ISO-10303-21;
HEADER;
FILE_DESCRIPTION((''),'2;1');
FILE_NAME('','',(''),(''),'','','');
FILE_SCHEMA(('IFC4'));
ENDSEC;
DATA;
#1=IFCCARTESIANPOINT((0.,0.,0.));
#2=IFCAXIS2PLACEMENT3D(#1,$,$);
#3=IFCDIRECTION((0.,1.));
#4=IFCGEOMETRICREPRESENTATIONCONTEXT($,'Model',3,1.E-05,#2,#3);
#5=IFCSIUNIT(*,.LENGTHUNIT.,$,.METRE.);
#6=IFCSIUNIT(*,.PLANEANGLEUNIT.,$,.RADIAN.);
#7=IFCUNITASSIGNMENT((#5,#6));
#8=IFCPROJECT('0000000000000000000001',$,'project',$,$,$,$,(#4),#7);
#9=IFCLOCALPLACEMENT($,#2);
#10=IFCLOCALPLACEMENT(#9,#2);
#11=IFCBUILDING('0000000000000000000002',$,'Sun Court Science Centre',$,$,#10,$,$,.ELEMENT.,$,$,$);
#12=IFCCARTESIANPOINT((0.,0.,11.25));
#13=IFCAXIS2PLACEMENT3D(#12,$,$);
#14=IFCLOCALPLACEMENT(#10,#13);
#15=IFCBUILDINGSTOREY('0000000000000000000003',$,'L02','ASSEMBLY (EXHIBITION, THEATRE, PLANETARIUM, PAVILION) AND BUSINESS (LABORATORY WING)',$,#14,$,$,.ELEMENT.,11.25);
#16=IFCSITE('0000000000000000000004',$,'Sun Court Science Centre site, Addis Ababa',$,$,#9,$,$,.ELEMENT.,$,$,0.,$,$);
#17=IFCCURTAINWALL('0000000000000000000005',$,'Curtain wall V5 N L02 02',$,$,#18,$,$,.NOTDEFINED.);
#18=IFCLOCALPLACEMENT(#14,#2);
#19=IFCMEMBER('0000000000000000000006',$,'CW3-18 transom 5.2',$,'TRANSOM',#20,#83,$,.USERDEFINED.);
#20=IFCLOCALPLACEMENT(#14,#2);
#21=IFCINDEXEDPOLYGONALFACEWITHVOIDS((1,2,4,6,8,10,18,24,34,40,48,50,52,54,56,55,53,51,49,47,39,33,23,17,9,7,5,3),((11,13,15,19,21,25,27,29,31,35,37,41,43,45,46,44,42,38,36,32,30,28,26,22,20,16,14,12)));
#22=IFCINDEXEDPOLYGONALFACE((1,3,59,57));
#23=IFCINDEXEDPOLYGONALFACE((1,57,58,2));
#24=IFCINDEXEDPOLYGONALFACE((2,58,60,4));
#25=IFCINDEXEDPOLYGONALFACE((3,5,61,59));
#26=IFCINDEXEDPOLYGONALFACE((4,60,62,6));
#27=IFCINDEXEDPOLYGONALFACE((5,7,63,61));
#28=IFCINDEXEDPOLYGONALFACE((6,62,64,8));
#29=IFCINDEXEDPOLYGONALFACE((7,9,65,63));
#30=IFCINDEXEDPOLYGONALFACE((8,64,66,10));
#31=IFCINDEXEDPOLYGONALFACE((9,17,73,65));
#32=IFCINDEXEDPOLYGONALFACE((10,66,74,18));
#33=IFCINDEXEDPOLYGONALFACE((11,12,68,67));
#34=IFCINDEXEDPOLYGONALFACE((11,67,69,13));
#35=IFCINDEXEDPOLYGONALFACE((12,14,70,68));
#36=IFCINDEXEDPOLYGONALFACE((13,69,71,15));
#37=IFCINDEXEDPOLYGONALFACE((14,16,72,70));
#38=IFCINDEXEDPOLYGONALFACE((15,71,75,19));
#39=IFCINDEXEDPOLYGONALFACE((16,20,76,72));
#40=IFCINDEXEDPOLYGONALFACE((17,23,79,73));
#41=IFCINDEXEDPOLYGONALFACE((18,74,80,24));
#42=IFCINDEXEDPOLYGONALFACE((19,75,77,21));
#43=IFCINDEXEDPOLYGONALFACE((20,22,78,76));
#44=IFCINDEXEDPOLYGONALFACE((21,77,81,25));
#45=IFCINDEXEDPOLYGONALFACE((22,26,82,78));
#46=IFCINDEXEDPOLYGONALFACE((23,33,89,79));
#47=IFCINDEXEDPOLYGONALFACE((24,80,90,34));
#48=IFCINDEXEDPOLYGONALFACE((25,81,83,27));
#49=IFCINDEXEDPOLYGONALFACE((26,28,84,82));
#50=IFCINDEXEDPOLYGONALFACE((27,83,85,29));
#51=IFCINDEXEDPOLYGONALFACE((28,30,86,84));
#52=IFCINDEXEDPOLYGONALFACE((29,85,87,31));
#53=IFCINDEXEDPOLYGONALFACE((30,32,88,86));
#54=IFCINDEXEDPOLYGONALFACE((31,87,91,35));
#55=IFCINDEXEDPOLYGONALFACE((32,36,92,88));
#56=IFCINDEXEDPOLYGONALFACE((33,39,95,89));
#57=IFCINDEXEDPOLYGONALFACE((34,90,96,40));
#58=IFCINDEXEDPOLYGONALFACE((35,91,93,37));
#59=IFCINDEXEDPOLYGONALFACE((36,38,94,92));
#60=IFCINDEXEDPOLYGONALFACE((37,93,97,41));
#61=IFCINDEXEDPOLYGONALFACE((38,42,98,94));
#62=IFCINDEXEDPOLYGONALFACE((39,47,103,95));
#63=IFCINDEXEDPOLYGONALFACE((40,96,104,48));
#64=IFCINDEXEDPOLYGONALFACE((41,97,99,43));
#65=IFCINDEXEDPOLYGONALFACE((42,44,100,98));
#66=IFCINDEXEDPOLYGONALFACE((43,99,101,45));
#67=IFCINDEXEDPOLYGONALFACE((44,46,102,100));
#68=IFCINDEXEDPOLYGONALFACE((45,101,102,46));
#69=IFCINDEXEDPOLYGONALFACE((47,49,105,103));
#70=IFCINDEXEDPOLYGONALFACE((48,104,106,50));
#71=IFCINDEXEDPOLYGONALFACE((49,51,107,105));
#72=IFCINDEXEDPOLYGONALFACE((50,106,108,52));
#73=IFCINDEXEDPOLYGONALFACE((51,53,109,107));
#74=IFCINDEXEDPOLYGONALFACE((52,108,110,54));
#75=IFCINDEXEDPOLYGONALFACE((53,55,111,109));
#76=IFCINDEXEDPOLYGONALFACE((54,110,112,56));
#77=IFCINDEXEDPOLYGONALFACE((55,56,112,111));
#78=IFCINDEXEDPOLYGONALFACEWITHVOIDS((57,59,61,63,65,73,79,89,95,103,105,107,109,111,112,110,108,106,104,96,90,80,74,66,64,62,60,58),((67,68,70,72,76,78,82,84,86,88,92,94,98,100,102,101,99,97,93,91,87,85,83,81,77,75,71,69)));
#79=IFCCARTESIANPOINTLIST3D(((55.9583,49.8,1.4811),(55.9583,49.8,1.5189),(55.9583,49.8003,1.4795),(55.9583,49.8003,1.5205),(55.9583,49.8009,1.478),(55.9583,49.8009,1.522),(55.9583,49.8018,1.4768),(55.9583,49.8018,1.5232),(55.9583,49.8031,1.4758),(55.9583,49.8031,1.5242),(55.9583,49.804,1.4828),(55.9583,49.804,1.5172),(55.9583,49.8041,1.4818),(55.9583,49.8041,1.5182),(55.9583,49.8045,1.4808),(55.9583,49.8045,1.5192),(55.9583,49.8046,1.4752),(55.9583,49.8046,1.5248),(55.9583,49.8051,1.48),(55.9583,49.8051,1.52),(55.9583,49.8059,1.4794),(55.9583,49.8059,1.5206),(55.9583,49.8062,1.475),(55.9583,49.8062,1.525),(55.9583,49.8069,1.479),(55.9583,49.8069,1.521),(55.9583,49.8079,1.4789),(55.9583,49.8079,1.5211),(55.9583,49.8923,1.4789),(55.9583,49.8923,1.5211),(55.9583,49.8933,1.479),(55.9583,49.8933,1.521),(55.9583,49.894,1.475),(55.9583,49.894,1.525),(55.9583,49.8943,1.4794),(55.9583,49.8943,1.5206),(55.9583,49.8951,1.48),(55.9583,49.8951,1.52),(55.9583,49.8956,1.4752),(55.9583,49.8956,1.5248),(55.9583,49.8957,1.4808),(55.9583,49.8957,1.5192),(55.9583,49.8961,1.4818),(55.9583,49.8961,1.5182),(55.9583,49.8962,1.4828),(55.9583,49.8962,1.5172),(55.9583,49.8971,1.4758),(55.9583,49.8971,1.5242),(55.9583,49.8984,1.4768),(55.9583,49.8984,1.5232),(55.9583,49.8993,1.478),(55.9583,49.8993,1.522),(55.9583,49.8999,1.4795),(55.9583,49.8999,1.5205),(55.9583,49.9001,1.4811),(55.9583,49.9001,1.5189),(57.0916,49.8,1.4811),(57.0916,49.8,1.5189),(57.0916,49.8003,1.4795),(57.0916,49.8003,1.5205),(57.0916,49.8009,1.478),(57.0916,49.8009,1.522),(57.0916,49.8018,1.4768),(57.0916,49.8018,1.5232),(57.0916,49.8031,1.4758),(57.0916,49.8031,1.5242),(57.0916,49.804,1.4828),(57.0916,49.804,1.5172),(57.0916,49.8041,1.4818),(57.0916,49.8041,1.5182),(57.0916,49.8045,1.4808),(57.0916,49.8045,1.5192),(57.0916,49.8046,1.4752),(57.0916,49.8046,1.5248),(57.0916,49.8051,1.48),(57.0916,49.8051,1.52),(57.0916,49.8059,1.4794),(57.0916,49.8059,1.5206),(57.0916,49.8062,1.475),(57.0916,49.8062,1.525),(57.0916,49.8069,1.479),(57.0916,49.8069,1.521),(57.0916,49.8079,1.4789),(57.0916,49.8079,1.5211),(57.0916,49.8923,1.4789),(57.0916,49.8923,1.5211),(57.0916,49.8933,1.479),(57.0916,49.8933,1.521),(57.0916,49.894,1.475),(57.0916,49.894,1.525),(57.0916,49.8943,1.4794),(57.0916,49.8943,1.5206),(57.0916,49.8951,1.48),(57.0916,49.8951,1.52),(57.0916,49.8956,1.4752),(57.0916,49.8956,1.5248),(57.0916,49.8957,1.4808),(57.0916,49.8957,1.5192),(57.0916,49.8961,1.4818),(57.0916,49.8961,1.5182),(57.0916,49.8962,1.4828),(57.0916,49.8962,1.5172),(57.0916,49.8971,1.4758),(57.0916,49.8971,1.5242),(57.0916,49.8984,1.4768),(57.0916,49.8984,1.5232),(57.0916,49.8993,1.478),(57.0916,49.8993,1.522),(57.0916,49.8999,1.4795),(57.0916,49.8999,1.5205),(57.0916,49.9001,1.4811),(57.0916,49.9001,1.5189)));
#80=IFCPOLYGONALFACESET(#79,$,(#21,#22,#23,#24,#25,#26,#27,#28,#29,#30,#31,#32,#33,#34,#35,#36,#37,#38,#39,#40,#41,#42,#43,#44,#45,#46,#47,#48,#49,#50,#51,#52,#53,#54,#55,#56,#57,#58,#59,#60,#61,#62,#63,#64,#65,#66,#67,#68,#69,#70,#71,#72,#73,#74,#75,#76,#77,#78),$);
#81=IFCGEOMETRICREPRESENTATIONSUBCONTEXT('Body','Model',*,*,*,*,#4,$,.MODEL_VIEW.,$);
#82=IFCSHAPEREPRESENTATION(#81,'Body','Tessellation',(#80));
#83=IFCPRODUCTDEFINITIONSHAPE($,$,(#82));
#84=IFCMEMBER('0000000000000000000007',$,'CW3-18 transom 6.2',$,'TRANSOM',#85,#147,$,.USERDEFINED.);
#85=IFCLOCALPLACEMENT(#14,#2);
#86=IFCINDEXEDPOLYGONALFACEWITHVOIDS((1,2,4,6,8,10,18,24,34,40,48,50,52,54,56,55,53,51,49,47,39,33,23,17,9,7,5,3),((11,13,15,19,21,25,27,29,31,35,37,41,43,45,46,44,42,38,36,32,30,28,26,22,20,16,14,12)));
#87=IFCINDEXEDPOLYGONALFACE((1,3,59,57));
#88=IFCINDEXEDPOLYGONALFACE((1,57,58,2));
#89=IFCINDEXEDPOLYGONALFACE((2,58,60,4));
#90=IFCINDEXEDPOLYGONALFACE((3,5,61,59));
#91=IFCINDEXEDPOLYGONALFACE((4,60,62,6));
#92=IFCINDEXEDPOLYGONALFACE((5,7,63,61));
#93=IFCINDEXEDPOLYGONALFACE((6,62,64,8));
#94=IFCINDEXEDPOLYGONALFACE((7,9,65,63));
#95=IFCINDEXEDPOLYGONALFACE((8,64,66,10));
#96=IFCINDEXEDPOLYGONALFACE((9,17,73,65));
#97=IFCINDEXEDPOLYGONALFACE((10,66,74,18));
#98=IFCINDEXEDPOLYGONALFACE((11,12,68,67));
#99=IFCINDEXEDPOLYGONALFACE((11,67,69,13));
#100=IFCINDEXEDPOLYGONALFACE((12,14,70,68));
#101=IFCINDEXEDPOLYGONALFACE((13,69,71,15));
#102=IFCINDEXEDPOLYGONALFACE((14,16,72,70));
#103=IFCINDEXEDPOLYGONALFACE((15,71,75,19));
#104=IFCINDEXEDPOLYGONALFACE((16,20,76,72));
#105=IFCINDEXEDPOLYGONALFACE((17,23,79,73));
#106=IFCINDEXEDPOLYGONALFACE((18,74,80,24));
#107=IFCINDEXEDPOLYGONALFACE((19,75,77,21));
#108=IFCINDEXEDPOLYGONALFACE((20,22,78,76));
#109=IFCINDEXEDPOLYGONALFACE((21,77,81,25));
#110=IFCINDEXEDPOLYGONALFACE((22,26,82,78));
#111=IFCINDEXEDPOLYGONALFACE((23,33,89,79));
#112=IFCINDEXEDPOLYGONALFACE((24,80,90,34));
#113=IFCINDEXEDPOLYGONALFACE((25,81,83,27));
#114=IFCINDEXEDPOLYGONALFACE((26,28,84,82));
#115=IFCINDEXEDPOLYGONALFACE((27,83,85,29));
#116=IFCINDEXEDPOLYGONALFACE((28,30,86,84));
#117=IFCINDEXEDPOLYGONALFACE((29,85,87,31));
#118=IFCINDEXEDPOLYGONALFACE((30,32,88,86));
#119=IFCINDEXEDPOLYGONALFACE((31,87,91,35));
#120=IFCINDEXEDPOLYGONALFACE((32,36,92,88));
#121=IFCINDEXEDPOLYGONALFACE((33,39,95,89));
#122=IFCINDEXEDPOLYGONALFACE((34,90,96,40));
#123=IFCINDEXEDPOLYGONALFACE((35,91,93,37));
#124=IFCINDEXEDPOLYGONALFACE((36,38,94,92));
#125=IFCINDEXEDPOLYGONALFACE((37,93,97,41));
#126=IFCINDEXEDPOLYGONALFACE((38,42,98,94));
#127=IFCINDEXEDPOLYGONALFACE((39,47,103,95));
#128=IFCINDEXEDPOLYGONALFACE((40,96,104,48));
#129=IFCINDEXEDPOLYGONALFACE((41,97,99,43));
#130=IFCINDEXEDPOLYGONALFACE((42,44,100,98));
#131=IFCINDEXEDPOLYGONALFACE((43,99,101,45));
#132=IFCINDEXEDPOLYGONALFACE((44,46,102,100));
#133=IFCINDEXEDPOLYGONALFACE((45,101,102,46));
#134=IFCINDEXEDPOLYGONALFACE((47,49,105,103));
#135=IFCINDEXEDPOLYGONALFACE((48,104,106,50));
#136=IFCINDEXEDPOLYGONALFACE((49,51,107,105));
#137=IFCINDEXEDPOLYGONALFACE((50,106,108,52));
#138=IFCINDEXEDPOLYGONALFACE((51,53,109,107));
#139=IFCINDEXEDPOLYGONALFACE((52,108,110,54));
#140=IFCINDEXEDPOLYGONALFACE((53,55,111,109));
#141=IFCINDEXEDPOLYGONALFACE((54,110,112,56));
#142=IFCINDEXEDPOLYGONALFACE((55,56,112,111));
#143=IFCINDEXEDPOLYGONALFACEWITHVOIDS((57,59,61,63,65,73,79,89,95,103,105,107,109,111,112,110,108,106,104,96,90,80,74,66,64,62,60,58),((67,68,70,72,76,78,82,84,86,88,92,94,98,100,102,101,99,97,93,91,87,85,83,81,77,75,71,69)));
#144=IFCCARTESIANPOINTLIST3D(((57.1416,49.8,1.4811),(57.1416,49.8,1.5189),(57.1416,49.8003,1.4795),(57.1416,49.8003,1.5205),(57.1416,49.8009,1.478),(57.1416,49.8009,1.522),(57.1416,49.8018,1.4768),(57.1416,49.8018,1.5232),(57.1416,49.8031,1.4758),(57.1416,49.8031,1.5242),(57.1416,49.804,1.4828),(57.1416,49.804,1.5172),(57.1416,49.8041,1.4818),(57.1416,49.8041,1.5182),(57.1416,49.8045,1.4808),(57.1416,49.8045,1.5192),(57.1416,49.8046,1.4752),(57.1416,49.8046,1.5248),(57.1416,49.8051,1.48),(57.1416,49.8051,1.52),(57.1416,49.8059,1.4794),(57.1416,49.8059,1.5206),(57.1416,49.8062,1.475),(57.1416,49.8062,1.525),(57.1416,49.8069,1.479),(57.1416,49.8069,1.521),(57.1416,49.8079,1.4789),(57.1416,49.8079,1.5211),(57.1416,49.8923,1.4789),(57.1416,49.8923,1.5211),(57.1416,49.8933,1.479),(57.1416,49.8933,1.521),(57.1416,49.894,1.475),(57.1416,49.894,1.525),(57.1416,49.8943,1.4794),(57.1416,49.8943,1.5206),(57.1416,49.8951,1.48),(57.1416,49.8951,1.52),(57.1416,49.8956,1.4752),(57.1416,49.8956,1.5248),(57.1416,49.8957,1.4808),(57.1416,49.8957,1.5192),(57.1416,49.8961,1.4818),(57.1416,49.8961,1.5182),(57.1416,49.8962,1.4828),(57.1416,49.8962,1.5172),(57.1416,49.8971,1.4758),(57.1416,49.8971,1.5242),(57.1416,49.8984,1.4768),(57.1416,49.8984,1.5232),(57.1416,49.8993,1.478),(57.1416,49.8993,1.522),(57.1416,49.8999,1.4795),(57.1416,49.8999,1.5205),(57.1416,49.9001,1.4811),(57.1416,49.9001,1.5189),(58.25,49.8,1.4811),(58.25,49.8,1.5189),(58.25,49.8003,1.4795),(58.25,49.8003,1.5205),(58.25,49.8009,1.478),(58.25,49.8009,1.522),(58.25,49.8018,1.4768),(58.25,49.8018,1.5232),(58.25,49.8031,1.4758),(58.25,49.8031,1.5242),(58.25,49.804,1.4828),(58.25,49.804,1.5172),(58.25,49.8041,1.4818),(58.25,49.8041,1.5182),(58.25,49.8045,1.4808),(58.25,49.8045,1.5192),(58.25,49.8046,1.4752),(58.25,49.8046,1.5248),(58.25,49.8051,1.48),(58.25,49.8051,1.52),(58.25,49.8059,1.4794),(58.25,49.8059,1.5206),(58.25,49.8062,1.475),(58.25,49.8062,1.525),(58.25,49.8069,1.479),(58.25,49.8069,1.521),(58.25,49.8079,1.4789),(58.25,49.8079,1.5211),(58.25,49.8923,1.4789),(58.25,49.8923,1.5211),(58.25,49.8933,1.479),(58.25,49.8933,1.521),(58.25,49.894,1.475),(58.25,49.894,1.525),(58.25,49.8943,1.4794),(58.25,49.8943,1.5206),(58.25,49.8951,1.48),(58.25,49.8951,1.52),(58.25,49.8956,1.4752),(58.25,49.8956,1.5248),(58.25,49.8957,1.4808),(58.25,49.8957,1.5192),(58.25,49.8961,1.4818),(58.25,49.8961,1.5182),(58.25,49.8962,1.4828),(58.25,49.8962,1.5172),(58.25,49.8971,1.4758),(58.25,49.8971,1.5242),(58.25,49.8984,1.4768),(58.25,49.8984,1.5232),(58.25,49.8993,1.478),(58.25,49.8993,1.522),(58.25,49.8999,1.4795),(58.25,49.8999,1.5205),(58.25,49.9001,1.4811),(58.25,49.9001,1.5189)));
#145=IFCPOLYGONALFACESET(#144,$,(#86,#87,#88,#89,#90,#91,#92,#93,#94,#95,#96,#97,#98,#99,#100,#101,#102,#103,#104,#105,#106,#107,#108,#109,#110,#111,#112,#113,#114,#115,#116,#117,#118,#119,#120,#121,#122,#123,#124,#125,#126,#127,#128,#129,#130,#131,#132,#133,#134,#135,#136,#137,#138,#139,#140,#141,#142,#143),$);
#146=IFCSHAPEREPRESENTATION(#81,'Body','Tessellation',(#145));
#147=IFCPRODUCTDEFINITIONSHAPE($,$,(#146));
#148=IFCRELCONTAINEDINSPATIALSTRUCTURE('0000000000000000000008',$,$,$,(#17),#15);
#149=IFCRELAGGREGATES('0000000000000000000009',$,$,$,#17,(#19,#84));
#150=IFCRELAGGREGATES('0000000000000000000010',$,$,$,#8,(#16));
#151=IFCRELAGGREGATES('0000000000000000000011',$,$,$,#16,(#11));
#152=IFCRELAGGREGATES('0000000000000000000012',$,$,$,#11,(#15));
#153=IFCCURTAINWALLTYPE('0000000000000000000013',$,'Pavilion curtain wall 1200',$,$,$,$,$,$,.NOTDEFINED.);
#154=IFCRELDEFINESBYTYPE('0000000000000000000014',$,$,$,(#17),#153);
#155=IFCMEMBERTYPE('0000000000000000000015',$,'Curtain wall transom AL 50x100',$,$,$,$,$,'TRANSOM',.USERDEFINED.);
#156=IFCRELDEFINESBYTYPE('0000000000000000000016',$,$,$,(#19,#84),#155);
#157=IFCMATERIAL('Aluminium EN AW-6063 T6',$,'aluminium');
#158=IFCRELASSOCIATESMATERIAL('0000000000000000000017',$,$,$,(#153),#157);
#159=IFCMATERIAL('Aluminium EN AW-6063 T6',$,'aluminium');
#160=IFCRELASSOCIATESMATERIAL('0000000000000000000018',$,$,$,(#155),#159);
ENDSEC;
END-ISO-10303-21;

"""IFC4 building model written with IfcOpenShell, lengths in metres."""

from ifc_helpers import new_model, si_unit, direction, frame, origin, origin_2d, place, context, subcontext, project, spatial, hollow_rectangle, extrude, material, material_profile, profile_set, type_object, element, aggregate, save


model = new_model("IFC4")

# Units and contexts
model_context = context("Model", 3, precision=1e-05, world=origin(), true_north=direction((0.0, 1.0)))
body_context = subcontext(model_context, "Body", "Model", "MODEL_VIEW")
ifc_project = project(units=[si_unit("LENGTHUNIT", "METRE"), si_unit("PLANEANGLEUNIT", "RADIAN")], contexts=[model_context])

# Site, building, storey
site_placement = place(None, origin())
site = spatial("IfcSite", under=ifc_project, at=site_placement, Name="Sun Court Science Centre site, Addis Ababa", CompositionType="ELEMENT", RefElevation=0.0)
building_placement = place(site_placement, origin())
building = spatial("IfcBuilding", under=site, at=building_placement, Name="Sun Court Science Centre", CompositionType="ELEMENT")
storey_placement = place(building_placement, frame((0.0, 0.0, 11.25)))
storey = spatial("IfcBuildingStorey", under=building, at=storey_placement, Name="L02", Description="ASSEMBLY (EXHIBITION, THEATRE, PLANETARIUM, PAVILION) AND BUSINESS (LABORATORY WING)", CompositionType="ELEMENT", Elevation=11.25)

# Curtain wall, members
ifc_material_1 = material(Name="Aluminium EN AW-6063 T6", Category="aluminium")
curtain_wall_type = type_object("IfcCurtainWallType", Name="Pavilion curtain wall 1200", PredefinedType="NOTDEFINED", material=ifc_material_1)
curtain_wall_placement = place(storey_placement, origin())
curtain_wall = element("IfcCurtainWall", 1, at=curtain_wall_placement, inside=storey, type_object=curtain_wall_type, Name="Curtain wall V5 N L02 02", PredefinedType="NOTDEFINED")
ifc_material_2 = material(Name="Aluminium EN AW-6063 T6", Category="aluminium")
ifc_material_profile_1 = material_profile(ifc_material_2, hollow_rectangle(XDim=0.05, YDim=0.1001, WallThickness=0.0039, InnerFilletRadius=0.0039, OuterFilletRadius=0.0061, at=origin_2d()), Name="AL 50x100x4")
ifc_profile_set_1 = profile_set([ifc_material_profile_1], Name="Aluminium EN AW-6063 T6")
member_type_1 = type_object("IfcMemberType", Name="Curtain wall transom AL 50x100", ElementType="TRANSOM", PredefinedType="USERDEFINED", material=ifc_profile_set_1)
member_1_placement = place(storey_placement, frame((55.9583, 49.8501, 1.5), z_axis=(1.0, 0.0, 0.0), x_axis=(0.0, 0.0, 1.0)))
member_1 = element("IfcMember", 2, at=member_1_placement, type_object=member_type_1, Name="CW3-18 transom 5.2", ObjectType="TRANSOM", PredefinedType="USERDEFINED", context=body_context, shape_type="SweptSolid", body=[
    extrude(hollow_rectangle(XDim=0.05, YDim=0.1001, WallThickness=0.0039, InnerFilletRadius=0.0039, OuterFilletRadius=0.0061, at=origin_2d()), origin(), (0.0, 0.0, 1.0), 1.1333),
])
member_2_placement = place(storey_placement, frame((57.1416, 49.8501, 1.5), z_axis=(1.0, 0.0, 0.0), x_axis=(0.0, 0.0, 1.0)))
member_2 = element("IfcMember", 3, at=member_2_placement, type_object=member_type_1, Name="CW3-18 transom 6.2", ObjectType="TRANSOM", PredefinedType="USERDEFINED", context=body_context, shape_type="SweptSolid", body=[
    extrude(hollow_rectangle(XDim=0.05, YDim=0.1001, WallThickness=0.0039, InnerFilletRadius=0.0039, OuterFilletRadius=0.0061, at=origin_2d()), origin(), (0.0, 0.0, 1.0), 1.1084),
])

aggregate(curtain_wall, [member_1, member_2])

save(model, "model.ifc")
